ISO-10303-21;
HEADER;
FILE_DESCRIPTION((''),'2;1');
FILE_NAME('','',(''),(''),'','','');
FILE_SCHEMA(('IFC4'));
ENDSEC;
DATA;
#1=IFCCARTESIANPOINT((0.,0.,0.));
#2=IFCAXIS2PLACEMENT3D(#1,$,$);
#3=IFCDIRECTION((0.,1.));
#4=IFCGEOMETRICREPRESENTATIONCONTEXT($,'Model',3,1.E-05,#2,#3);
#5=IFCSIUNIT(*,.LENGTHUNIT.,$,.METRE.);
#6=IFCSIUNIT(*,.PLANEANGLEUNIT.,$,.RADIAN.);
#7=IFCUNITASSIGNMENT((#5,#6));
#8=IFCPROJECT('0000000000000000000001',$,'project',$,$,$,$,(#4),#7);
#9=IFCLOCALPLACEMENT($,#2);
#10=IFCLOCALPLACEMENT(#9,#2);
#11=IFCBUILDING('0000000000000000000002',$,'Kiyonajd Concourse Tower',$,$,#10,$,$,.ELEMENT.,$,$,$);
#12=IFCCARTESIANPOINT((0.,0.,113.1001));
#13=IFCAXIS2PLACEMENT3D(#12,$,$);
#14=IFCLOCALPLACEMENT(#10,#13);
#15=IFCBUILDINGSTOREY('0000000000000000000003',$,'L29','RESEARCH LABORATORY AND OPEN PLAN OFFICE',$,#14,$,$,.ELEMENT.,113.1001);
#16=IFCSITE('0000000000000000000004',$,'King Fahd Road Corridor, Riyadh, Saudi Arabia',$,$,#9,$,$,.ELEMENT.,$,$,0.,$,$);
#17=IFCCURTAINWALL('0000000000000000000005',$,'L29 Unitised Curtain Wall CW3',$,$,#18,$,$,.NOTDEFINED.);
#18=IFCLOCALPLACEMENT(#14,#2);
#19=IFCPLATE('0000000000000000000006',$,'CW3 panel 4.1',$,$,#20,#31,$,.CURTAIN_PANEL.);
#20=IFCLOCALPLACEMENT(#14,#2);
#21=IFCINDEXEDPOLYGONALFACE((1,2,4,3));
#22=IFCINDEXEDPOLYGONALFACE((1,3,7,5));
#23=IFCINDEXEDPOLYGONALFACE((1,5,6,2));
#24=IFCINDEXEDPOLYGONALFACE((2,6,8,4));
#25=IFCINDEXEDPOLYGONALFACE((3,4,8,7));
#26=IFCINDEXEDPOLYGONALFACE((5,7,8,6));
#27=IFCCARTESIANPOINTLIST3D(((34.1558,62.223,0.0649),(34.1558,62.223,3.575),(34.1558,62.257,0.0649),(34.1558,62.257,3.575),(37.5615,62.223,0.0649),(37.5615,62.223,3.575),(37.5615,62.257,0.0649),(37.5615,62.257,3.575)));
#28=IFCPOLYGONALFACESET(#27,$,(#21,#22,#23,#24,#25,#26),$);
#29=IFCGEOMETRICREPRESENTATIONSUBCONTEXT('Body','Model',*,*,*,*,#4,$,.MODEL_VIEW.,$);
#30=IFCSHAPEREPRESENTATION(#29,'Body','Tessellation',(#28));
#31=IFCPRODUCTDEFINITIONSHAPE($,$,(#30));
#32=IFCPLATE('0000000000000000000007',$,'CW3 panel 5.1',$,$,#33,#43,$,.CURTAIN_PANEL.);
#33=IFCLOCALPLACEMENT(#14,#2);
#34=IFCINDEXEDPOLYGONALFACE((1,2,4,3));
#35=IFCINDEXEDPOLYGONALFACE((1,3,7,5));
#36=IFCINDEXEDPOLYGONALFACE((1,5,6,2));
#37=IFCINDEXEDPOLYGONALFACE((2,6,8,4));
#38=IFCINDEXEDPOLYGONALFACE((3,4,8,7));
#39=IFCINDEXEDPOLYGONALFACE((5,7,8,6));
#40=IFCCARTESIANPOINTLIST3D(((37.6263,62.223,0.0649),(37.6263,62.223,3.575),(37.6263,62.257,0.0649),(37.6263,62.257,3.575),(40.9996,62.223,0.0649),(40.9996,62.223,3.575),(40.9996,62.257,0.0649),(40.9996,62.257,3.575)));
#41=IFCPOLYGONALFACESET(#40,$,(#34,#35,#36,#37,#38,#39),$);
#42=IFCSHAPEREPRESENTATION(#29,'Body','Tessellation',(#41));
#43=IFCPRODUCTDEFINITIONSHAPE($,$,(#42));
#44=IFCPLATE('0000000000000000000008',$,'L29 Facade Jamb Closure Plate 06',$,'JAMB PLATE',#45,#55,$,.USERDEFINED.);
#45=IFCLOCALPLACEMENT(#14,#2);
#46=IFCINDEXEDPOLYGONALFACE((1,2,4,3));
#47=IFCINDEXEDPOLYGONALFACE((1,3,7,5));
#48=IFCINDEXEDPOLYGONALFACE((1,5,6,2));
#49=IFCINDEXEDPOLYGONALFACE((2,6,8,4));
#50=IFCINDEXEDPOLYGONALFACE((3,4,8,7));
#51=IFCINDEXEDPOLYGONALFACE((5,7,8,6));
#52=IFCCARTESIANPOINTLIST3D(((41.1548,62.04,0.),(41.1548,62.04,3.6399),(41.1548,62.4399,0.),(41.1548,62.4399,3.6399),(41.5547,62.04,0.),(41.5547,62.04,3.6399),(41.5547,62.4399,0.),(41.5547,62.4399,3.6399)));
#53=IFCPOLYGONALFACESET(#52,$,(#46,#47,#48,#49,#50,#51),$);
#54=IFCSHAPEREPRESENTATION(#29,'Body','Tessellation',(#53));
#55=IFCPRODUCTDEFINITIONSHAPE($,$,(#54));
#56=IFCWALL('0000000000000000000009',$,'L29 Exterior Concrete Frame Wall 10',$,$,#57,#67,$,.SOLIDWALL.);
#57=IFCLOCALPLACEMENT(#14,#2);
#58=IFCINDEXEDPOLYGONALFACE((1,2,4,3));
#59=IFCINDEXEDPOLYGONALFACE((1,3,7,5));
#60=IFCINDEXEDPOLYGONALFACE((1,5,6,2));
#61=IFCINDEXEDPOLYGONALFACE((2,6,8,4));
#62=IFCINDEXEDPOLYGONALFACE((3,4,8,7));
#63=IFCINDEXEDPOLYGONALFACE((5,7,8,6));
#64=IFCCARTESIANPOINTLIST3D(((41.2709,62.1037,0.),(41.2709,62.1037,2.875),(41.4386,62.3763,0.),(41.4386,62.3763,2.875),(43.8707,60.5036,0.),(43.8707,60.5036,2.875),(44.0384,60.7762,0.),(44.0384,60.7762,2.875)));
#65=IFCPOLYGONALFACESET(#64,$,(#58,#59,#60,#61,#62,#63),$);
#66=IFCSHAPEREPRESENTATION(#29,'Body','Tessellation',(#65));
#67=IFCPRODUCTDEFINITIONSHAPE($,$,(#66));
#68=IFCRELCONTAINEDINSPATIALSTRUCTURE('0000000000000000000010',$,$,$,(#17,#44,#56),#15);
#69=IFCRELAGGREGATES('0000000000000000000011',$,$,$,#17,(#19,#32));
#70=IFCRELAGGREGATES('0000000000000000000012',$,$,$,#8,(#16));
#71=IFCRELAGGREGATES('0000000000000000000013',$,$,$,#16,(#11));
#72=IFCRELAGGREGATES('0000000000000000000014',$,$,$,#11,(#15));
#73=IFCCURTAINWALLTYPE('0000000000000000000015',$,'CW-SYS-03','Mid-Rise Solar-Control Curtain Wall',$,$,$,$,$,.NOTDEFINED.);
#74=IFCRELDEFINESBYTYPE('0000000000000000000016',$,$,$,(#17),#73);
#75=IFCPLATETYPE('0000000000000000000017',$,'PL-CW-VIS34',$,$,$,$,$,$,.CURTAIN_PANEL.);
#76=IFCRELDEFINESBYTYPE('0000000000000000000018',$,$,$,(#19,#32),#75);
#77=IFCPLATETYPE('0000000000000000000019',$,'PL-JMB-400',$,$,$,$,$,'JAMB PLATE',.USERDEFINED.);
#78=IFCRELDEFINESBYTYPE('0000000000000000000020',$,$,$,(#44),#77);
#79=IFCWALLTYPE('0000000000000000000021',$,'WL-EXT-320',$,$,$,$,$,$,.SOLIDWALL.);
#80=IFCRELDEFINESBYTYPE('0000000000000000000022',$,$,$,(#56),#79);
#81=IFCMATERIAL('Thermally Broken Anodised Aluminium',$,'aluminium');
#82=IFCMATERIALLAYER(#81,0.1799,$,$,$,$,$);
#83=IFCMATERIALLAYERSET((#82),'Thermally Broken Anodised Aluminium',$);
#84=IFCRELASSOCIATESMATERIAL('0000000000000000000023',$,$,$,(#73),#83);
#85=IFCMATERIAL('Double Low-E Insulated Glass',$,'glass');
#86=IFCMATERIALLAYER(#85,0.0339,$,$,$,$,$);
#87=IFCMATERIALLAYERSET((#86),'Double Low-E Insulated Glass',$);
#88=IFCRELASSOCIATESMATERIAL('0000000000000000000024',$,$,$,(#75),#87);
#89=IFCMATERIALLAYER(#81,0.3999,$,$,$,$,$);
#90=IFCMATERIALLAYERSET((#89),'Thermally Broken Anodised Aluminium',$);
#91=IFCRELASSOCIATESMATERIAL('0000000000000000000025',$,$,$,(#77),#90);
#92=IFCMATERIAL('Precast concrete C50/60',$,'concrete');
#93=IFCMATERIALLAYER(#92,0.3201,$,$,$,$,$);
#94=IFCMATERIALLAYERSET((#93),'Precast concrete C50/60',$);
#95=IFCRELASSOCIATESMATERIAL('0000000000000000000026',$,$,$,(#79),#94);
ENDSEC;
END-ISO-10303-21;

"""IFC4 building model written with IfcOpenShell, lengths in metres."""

from ifc_helpers import new_model, si_unit, direction, frame, frame_2d, origin, origin_2d, place, context, subcontext, project, spatial, rectangle, extrude, material, layer, layer_set, type_object, element, aggregate, save


model = new_model("IFC4")

# Units and contexts
model_context = context("Model", 3, precision=1e-05, world=origin(), true_north=direction((0.0, 1.0)))
body_context = subcontext(model_context, "Body", "Model", "MODEL_VIEW")
ifc_project = project(units=[si_unit("LENGTHUNIT", "METRE"), si_unit("PLANEANGLEUNIT", "RADIAN")], contexts=[model_context])

# Site, building, storey
site_placement = place(None, origin())
site = spatial("IfcSite", under=ifc_project, at=site_placement, Name="King Fahd Road Corridor, Riyadh, Saudi Arabia", CompositionType="ELEMENT", RefElevation=0.0)
building_placement = place(site_placement, origin())
building = spatial("IfcBuilding", under=site, at=building_placement, Name="Kiyonajd Concourse Tower", CompositionType="ELEMENT")
storey_placement = place(building_placement, frame((0.0, 0.0, 113.1001)))
storey = spatial("IfcBuildingStorey", under=building, at=storey_placement, Name="L29", Description="RESEARCH LABORATORY AND OPEN PLAN OFFICE", CompositionType="ELEMENT", Elevation=113.1001)

# Shared definitions
ifc_material_1 = material(Name="Precast concrete C50/60", Category="concrete")

# Curtain wall, plates
ifc_material_2 = material(Name="Thermally Broken Anodised Aluminium", Category="aluminium")
ifc_layer_1 = layer(ifc_material_2, 0.1799)
ifc_layer_set_1 = layer_set([ifc_layer_1], Name="Thermally Broken Anodised Aluminium")
curtain_wall_type = type_object("IfcCurtainWallType", Name="CW-SYS-03", Description="Mid-Rise Solar-Control Curtain Wall", PredefinedType="NOTDEFINED", material=ifc_layer_set_1)
curtain_wall_placement = place(storey_placement, origin())
curtain_wall = element("IfcCurtainWall", 1, at=curtain_wall_placement, inside=storey, type_object=curtain_wall_type, Name="L29 Unitised Curtain Wall CW3", PredefinedType="NOTDEFINED")
ifc_material_3 = material(Name="Double Low-E Insulated Glass", Category="glass")
ifc_layer_2 = layer(ifc_material_3, 0.0339)
ifc_layer_set_2 = layer_set([ifc_layer_2], Name="Double Low-E Insulated Glass")
plate_type_1 = type_object("IfcPlateType", Name="PL-CW-VIS34", PredefinedType="CURTAIN_PANEL", material=ifc_layer_set_2)
plate_1_placement = place(storey_placement, frame((35.8586, 62.24, 0.0649), z_axis=(0.0, 0.0, 1.0), x_axis=(1.0, 0.0, 0.0)))
plate_1 = element("IfcPlate", 2, at=plate_1_placement, type_object=plate_type_1, Name="CW3 panel 4.1", PredefinedType="CURTAIN_PANEL", context=body_context, shape_type="SweptSolid", body=[
    extrude(rectangle(XDim=3.4058, YDim=0.0339, at=origin_2d()), origin(), (0.0, 0.0, 1.0), 3.51),
])
plate_2_placement = place(storey_placement, frame((39.313, 62.24, 0.0649), z_axis=(0.0, 0.0, 1.0), x_axis=(1.0, 0.0, 0.0)))
plate_2 = element("IfcPlate", 3, at=plate_2_placement, type_object=plate_type_1, Name="CW3 panel 5.1", PredefinedType="CURTAIN_PANEL", context=body_context, shape_type="SweptSolid", body=[
    extrude(rectangle(XDim=3.3733, YDim=0.0339, at=origin_2d()), origin(), (0.0, 0.0, 1.0), 3.51),
])
aggregate(curtain_wall, [plate_1, plate_2])

# Plate
ifc_layer_3 = layer(ifc_material_2, 0.3999)
ifc_layer_set_3 = layer_set([ifc_layer_3], Name="Thermally Broken Anodised Aluminium")
plate_type_2 = type_object("IfcPlateType", Name="PL-JMB-400", ElementType="JAMB PLATE", PredefinedType="USERDEFINED", material=ifc_layer_set_3)
plate_3_placement = place(storey_placement, frame((41.3547, 62.24, 0.0), z_axis=(0.0, 0.0, 1.0), x_axis=(1.0, 0.0, 0.0)))
element("IfcPlate", 4, at=plate_3_placement, inside=storey, type_object=plate_type_2, Name="L29 Facade Jamb Closure Plate 06", ObjectType="JAMB PLATE", PredefinedType="USERDEFINED", context=body_context, shape_type="SweptSolid", body=[
    extrude(rectangle(XDim=0.3999, YDim=0.3999, at=origin_2d()), origin(), (0.0, 0.0, 1.0), 3.6399),
])

# Wall
ifc_layer_4 = layer(ifc_material_1, 0.3201)
ifc_layer_set_4 = layer_set([ifc_layer_4], Name="Precast concrete C50/60")
wall_type = type_object("IfcWallType", Name="WL-EXT-320", PredefinedType="SOLIDWALL", material=ifc_layer_set_4)
wall_placement = place(storey_placement, frame((41.3547, 62.24, 0.0), z_axis=(0.0, 0.0, 1.0), x_axis=(0.851631, -0.524142, 0.0)))
element("IfcWall", 5, at=wall_placement, inside=storey, type_object=wall_type, Name="L29 Exterior Concrete Frame Wall 10", PredefinedType="SOLIDWALL", context=body_context, shape_type="SweptSolid", body=[
    extrude(rectangle(XDim=3.0527, YDim=0.3201, at=frame_2d((1.5264, 0.0))), origin(), (0.0, 0.0, 1.0), 2.875),
])

save(model, "model.ifc")
